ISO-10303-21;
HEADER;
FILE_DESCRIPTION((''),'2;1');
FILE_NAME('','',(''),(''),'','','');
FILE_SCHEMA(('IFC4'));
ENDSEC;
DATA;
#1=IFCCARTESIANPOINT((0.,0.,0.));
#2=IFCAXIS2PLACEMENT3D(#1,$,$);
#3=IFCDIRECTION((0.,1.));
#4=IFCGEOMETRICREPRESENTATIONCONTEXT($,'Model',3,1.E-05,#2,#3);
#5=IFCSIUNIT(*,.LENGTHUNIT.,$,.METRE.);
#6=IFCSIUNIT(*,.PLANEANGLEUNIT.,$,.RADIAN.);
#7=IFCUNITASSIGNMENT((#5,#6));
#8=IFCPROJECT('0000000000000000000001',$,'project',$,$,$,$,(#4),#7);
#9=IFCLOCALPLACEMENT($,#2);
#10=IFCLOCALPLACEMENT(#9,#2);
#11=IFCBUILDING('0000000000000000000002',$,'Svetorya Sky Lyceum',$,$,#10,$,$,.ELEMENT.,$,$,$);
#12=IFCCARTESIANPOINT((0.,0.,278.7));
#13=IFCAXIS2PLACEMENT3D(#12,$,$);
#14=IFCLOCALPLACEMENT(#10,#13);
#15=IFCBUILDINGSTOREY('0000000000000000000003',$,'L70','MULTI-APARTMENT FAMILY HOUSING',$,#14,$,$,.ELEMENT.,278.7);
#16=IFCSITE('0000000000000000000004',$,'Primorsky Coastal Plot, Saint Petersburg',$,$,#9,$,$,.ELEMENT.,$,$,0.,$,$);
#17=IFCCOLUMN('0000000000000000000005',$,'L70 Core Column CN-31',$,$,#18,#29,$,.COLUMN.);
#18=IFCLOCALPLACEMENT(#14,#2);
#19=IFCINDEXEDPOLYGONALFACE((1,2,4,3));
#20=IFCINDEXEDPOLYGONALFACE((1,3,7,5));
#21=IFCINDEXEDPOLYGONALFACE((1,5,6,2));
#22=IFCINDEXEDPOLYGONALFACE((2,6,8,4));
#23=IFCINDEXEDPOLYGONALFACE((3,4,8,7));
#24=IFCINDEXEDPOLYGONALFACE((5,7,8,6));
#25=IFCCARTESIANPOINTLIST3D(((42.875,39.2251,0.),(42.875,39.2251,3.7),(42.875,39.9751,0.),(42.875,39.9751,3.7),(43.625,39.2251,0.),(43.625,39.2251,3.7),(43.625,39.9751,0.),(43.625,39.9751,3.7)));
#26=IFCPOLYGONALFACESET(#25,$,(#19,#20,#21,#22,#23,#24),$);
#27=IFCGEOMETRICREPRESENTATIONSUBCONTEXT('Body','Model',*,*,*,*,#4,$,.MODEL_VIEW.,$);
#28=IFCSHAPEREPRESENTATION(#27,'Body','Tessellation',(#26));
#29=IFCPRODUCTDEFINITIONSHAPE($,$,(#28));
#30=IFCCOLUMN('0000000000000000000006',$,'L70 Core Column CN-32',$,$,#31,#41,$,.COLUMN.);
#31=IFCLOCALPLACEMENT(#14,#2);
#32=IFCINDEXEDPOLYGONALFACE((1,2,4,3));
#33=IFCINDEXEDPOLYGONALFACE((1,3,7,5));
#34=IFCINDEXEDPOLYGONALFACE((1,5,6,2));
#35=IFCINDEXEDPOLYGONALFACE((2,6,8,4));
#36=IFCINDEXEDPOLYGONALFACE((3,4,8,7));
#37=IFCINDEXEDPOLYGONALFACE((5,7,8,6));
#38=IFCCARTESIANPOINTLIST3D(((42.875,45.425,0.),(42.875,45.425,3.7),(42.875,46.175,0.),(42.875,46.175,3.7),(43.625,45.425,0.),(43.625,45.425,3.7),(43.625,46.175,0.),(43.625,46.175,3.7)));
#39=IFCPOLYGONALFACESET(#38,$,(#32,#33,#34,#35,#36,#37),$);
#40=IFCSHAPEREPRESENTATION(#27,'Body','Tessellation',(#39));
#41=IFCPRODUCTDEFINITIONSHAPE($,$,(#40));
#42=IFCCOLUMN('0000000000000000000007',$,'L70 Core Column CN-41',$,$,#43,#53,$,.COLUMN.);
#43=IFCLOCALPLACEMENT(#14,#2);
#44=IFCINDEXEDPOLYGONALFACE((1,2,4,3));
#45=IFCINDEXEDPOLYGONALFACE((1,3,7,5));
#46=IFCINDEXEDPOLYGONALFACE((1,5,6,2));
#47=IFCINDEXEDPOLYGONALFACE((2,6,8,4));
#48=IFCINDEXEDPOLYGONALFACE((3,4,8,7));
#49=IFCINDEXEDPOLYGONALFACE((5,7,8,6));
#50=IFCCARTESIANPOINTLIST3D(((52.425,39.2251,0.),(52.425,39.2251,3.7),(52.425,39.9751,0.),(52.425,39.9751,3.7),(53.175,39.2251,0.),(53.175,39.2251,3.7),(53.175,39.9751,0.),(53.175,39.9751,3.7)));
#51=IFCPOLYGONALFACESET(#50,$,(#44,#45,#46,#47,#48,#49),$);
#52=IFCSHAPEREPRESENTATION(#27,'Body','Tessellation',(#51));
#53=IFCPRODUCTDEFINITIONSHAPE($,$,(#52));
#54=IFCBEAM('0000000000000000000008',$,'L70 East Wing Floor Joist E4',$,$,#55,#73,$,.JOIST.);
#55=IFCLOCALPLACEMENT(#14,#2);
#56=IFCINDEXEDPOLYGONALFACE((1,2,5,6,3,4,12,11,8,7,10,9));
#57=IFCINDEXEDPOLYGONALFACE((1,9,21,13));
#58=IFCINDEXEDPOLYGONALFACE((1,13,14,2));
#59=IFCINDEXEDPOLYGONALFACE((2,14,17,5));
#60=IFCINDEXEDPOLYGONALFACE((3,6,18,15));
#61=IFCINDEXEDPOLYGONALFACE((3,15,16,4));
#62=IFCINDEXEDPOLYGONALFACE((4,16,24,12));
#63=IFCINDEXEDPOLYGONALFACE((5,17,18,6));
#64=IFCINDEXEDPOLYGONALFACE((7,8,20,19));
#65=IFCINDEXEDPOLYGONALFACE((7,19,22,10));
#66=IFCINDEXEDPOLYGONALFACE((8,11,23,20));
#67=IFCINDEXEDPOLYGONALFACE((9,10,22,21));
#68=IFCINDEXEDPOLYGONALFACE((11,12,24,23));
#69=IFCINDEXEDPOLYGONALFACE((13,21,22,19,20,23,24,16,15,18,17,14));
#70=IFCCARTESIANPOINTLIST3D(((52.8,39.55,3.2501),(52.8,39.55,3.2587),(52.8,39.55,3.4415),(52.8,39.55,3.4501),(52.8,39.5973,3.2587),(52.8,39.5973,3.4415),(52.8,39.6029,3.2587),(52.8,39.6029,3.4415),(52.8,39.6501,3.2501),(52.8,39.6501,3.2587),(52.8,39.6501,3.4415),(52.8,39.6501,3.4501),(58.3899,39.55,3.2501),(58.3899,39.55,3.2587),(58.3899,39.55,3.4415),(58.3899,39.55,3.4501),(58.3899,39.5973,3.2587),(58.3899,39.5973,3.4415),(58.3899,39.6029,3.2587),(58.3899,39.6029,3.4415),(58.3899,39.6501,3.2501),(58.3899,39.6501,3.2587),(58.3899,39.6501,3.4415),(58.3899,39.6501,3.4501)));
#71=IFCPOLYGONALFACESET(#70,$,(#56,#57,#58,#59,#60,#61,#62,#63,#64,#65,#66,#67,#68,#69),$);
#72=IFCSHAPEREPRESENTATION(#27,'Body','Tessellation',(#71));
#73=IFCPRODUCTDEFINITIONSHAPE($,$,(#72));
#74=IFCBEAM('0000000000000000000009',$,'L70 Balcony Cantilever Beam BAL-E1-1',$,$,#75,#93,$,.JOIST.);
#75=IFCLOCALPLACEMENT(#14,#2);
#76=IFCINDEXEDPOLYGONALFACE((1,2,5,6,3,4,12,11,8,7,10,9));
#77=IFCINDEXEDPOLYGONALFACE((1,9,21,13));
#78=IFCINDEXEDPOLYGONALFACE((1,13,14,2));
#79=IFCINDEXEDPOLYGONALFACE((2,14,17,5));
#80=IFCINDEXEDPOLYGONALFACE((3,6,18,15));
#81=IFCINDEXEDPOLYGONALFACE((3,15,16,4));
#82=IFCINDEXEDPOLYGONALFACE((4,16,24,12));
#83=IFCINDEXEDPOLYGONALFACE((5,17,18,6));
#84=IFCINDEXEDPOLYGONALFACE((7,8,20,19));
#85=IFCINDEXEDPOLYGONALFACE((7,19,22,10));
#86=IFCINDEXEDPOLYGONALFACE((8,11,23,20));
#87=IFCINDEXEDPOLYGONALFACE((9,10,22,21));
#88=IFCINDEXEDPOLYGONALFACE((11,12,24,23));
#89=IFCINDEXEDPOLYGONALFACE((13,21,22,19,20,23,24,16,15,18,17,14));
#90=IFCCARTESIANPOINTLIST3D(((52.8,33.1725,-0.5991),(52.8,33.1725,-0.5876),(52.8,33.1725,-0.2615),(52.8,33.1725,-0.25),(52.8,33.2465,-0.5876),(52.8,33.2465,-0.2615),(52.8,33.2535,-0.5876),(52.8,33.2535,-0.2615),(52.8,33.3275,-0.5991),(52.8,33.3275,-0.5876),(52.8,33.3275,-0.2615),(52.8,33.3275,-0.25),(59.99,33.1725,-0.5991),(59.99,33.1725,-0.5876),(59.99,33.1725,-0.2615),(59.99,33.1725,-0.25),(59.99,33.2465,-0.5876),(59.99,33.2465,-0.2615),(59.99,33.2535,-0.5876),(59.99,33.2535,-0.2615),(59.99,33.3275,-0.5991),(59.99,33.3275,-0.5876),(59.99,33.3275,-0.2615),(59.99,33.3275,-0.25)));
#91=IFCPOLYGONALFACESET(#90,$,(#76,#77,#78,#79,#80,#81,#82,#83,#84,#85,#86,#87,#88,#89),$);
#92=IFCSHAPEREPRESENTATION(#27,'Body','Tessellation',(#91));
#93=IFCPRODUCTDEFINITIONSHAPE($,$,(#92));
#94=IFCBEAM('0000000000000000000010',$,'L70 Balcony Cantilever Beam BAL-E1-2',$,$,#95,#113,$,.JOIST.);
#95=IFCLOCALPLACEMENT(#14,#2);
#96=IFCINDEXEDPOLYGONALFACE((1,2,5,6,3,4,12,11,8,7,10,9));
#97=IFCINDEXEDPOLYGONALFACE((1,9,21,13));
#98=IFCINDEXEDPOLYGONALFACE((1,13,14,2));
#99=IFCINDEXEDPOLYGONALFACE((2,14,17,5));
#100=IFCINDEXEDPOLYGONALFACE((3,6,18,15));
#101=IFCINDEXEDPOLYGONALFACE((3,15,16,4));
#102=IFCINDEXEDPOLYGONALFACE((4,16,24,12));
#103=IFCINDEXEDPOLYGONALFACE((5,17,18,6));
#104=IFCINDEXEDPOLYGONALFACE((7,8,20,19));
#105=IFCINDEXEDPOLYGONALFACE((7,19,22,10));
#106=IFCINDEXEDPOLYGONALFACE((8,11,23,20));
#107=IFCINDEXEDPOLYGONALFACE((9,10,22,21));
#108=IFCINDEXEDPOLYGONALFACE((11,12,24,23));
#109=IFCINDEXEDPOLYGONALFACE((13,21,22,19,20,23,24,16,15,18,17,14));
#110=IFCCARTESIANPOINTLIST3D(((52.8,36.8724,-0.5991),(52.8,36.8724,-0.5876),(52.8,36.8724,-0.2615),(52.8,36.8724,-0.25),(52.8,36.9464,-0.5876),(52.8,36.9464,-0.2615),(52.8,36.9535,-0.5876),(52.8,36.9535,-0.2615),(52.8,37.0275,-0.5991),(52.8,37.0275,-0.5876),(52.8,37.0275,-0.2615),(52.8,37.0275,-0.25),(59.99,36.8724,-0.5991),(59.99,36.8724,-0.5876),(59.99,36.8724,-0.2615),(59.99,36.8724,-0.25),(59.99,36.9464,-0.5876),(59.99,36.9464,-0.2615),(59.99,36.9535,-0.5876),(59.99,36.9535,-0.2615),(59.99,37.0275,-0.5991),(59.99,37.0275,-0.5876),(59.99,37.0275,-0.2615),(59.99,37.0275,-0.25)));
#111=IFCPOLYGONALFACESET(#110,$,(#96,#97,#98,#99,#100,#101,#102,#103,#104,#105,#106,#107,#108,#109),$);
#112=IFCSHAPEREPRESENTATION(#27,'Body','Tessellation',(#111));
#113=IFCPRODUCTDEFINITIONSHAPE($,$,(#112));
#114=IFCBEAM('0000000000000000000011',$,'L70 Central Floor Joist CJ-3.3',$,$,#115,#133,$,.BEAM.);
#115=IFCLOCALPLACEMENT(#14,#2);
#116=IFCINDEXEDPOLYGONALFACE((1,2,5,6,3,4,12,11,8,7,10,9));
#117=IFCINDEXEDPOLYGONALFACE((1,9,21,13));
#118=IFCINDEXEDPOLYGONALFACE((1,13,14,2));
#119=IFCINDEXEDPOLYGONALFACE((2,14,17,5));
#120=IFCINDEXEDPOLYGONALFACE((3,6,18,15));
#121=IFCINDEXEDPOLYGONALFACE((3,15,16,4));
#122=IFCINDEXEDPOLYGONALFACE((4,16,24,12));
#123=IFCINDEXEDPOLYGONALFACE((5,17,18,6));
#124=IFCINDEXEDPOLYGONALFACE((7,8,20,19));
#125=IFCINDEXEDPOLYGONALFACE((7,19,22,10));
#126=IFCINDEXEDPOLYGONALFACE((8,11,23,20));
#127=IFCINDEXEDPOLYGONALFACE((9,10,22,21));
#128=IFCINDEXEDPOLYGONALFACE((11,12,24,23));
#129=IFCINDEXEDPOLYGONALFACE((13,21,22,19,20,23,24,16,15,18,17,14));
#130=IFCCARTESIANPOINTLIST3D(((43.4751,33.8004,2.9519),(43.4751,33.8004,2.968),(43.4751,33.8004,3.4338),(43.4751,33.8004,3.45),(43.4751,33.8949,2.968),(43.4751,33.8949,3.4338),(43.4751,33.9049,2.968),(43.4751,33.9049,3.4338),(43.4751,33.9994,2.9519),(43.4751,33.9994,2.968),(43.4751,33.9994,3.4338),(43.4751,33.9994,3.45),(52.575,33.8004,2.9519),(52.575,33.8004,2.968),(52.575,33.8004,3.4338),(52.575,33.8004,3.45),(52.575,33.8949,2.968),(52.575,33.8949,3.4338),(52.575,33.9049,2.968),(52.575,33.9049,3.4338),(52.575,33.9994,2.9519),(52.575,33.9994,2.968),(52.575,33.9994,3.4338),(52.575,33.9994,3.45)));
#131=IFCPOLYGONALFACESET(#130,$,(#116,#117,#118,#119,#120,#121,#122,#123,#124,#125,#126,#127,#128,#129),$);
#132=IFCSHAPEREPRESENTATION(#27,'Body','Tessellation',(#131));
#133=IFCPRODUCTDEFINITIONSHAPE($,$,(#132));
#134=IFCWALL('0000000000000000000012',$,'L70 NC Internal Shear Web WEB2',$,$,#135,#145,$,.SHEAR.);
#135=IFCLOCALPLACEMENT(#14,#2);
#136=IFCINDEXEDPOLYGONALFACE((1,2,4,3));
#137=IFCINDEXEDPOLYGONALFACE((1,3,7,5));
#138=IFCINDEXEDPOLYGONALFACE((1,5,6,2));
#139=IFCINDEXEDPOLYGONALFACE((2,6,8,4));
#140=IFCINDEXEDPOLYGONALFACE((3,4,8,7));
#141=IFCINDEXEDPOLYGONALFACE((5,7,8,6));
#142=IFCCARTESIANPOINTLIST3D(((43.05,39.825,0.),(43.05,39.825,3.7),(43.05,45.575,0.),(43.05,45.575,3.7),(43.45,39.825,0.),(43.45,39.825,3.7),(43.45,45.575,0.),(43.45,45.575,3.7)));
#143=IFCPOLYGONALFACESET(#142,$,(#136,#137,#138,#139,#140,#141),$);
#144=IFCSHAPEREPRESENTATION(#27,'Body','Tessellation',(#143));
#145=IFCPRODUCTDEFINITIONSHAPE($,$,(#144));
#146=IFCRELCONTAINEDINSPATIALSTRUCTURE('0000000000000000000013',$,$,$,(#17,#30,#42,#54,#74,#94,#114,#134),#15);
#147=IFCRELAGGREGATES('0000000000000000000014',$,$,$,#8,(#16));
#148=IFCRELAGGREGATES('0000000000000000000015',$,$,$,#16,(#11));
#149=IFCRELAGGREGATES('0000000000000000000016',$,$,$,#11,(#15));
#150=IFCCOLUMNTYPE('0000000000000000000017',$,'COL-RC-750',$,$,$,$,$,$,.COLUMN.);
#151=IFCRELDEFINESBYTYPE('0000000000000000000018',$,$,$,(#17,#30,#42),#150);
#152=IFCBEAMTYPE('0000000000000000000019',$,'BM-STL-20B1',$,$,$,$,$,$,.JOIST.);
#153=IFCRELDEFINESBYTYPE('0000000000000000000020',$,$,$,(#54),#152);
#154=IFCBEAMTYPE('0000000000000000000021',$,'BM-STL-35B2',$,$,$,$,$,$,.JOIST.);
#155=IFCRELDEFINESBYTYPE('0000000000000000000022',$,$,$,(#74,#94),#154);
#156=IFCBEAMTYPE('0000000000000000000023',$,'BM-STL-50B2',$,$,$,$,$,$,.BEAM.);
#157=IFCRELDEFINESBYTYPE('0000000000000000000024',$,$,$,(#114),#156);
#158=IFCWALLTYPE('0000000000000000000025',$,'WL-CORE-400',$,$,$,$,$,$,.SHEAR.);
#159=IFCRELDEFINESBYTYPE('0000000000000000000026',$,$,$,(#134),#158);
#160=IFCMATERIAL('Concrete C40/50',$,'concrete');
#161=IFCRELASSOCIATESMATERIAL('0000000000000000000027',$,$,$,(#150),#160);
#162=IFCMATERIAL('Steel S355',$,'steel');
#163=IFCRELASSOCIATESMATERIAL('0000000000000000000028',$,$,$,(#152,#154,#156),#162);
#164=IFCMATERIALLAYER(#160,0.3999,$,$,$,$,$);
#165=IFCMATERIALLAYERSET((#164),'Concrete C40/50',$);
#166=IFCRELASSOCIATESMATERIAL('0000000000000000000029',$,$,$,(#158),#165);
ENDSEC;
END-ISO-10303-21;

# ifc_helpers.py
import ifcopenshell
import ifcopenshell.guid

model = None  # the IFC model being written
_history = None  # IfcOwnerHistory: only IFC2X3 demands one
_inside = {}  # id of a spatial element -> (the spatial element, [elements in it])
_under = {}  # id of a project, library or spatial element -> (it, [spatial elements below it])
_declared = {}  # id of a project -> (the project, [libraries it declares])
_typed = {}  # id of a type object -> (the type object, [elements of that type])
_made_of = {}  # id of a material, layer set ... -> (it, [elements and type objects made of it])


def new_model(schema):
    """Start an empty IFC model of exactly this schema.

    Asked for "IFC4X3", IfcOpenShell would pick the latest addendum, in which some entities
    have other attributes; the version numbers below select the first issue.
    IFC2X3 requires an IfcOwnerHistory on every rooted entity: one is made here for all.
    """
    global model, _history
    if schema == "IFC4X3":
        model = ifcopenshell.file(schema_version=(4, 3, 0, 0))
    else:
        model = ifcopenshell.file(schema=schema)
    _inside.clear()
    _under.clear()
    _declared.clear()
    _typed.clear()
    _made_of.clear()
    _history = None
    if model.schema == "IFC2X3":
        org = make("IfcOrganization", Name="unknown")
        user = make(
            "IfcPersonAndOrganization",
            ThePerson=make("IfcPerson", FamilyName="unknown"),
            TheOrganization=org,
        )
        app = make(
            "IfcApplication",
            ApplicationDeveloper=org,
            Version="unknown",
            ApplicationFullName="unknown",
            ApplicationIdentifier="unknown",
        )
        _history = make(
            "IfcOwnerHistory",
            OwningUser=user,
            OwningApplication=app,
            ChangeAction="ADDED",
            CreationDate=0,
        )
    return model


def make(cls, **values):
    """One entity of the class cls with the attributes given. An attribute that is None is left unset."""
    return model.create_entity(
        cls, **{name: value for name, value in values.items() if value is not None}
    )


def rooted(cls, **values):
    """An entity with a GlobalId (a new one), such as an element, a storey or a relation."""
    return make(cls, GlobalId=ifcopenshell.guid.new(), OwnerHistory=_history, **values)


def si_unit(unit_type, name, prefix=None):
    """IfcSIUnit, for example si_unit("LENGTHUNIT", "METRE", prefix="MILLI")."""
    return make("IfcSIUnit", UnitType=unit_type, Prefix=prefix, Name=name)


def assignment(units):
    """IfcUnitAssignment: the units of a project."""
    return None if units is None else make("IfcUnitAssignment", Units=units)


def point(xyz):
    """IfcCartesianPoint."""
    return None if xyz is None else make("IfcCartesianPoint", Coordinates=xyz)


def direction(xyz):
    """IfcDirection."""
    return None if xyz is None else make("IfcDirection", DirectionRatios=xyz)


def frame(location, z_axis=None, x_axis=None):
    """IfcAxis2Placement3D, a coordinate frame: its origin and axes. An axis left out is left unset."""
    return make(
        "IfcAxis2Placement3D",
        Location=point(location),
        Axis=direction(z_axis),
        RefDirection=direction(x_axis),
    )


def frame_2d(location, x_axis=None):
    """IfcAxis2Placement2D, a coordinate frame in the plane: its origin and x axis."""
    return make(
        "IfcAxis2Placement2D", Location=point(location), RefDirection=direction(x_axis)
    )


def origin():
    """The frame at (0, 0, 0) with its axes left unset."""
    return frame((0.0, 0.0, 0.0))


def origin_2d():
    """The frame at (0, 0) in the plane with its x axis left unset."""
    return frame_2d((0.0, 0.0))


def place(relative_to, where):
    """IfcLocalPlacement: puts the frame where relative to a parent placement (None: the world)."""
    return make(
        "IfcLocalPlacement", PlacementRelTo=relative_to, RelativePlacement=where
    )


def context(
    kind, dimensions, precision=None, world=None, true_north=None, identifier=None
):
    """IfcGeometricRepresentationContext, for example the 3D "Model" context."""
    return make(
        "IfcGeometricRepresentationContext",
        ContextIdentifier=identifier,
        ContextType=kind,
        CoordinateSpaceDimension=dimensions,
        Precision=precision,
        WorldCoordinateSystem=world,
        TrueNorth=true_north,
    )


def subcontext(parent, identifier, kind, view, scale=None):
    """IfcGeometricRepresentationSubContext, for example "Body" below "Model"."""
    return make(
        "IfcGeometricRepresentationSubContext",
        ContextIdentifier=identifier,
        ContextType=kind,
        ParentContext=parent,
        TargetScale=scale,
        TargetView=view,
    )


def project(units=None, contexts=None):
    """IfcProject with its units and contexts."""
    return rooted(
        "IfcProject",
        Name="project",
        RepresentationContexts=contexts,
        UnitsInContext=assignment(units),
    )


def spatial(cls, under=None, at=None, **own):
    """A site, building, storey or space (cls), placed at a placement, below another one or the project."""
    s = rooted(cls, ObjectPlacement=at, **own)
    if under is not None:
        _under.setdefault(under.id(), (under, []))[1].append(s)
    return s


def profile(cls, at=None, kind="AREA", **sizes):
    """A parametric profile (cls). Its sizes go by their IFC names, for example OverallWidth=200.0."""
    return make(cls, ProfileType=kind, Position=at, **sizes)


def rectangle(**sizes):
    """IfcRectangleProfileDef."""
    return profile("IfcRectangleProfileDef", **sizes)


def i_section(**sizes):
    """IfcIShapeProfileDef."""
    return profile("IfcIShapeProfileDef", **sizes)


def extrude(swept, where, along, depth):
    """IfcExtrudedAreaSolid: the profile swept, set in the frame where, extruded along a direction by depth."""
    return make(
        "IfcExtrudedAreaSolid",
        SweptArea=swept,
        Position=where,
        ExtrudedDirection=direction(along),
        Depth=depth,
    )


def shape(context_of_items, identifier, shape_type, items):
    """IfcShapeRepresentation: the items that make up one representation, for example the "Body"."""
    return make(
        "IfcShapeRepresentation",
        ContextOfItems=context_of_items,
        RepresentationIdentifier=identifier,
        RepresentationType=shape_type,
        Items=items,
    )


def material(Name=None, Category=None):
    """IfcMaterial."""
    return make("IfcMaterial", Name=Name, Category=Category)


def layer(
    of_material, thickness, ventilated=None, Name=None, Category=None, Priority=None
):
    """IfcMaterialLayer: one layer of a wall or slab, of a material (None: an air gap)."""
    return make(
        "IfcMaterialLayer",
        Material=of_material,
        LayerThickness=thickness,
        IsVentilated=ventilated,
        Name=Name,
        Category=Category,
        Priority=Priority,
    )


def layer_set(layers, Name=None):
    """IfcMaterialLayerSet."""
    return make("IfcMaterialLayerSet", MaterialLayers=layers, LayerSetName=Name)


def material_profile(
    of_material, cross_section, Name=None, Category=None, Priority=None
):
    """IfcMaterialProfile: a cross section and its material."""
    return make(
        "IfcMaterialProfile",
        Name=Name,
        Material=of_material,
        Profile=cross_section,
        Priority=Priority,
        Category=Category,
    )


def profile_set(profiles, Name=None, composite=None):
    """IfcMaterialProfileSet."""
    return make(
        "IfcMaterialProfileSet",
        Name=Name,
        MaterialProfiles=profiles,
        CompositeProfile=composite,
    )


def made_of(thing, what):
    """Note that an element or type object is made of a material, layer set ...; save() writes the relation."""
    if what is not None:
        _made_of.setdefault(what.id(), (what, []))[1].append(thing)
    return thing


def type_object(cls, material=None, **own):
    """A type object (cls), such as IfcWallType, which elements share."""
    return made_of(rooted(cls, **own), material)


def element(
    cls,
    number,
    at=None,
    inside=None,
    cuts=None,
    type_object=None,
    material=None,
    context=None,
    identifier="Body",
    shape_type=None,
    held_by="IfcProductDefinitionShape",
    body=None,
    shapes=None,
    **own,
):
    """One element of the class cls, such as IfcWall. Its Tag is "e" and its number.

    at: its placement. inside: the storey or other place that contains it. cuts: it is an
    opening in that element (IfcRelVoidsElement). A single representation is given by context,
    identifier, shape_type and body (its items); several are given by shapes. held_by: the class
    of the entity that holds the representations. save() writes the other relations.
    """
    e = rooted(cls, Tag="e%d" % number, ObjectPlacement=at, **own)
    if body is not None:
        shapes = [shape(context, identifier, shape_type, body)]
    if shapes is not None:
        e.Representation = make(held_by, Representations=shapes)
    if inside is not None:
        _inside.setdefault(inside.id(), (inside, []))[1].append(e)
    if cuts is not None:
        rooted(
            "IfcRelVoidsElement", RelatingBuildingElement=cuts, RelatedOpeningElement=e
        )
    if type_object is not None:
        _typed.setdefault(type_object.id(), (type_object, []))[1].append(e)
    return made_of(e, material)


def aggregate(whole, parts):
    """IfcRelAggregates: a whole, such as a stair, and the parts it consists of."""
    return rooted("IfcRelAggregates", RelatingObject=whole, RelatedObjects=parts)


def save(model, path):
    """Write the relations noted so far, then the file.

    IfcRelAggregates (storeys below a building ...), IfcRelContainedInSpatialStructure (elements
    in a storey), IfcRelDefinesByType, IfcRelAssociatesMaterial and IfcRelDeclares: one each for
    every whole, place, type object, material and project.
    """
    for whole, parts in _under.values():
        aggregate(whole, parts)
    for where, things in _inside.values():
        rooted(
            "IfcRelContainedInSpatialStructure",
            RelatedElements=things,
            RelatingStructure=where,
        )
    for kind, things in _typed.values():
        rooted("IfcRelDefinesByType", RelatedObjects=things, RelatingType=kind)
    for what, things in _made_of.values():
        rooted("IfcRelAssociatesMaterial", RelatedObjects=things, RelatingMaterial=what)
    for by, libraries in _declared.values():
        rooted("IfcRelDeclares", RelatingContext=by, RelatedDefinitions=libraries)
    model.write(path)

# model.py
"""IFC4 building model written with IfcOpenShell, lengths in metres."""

from ifc_helpers import new_model, si_unit, direction, frame, frame_2d, origin, origin_2d, place, context, subcontext, project, spatial, rectangle, i_section, extrude, material, layer, layer_set, material_profile, profile_set, type_object, element, save


model = new_model("IFC4")

# Units and contexts
model_context = context("Model", 3, precision=1e-05, world=origin(), true_north=direction((0.0, 1.0)))
body_context = subcontext(model_context, "Body", "Model", "MODEL_VIEW")
ifc_project = project(units=[si_unit("LENGTHUNIT", "METRE"), si_unit("PLANEANGLEUNIT", "RADIAN")], contexts=[model_context])

# Site, building, storey
site_placement = place(None, origin())
site = spatial("IfcSite", under=ifc_project, at=site_placement, Name="Primorsky Coastal Plot, Saint Petersburg", CompositionType="ELEMENT", RefElevation=0.0)
building_placement = place(site_placement, origin())
building = spatial("IfcBuilding", under=site, at=building_placement, Name="Svetorya Sky Lyceum", CompositionType="ELEMENT")
storey_placement = place(building_placement, frame((0.0, 0.0, 278.7)))
storey = spatial("IfcBuildingStorey", under=building, at=storey_placement, Name="L70", Description="MULTI-APARTMENT FAMILY HOUSING", CompositionType="ELEMENT", Elevation=278.7)

# Columns
ifc_material_1 = material(Name="Concrete C40/50", Category="concrete")
ifc_material_profile_1 = material_profile(ifc_material_1, rectangle(XDim=0.75, YDim=0.75, at=origin_2d()), Name="RC COL 750x750")
ifc_profile_set_1 = profile_set([ifc_material_profile_1], Name="Concrete C40/50")
column_type = type_object("IfcColumnType", Name="COL-RC-750", PredefinedType="COLUMN", material=ifc_profile_set_1)
for number, where, z_axis, x_axis, name in (
    (1, (43.25, 39.6001, 0.0), (0.0, 0.0, 1.0), (1.0, 0.0, 0.0), "L70 Core Column CN-31"),
    (2, (43.25, 45.8, 0.0), (0.0, 0.0, 1.0), (1.0, 0.0, 0.0), "L70 Core Column CN-32"),
    (3, (52.8, 39.6001, 0.0), (0.0, 0.0, 1.0), (1.0, 0.0, 0.0), "L70 Core Column CN-41"),
):
    element("IfcColumn", number, at=place(storey_placement, frame(where, z_axis=z_axis, x_axis=x_axis)), inside=storey, type_object=column_type, Name=name, PredefinedType="COLUMN", context=body_context, shape_type="SweptSolid", body=[
        extrude(rectangle(XDim=0.75, YDim=0.75, at=origin_2d()), origin(), (0.0, 0.0, 1.0), 3.7),
    ])

# Beams
ifc_material_2 = material(Name="Steel S355", Category="steel")
ifc_material_profile_2 = material_profile(ifc_material_2, i_section(OverallWidth=0.1001, OverallDepth=0.2, WebThickness=0.0056, FlangeThickness=0.0085, at=origin_2d()), Name="GOST 20B1")
ifc_profile_set_2 = profile_set([ifc_material_profile_2], Name="Steel S355")
beam_type_1 = type_object("IfcBeamType", Name="BM-STL-20B1", PredefinedType="JOIST", material=ifc_profile_set_2)
beam_1_placement = place(storey_placement, frame((52.8, 39.6001, 3.3501), z_axis=(1.0, 0.0, 0.0), x_axis=(0.0, 1.0, 0.0)))
element("IfcBeam", 4, at=beam_1_placement, inside=storey, type_object=beam_type_1, Name="L70 East Wing Floor Joist E4", PredefinedType="JOIST", context=body_context, shape_type="SweptSolid", body=[
    extrude(i_section(OverallWidth=0.1001, OverallDepth=0.2, WebThickness=0.0056, FlangeThickness=0.0085, at=origin_2d()), origin(), (0.0, 0.0, 1.0), 5.5898),
])
ifc_material_profile_3 = material_profile(ifc_material_2, i_section(OverallWidth=0.155, OverallDepth=0.3491, WebThickness=0.0071, FlangeThickness=0.0115, at=origin_2d()), Name="GOST 35B2")
ifc_profile_set_3 = profile_set([ifc_material_profile_3], Name="Steel S355")
beam_type_2 = type_object("IfcBeamType", Name="BM-STL-35B2", PredefinedType="JOIST", material=ifc_profile_set_3)
for number, where, z_axis, x_axis, name in (
    (5, (52.8, 33.25, -0.4246), (1.0, 0.0, 0.0), (0.0, 1.0, 0.0), "L70 Balcony Cantilever Beam BAL-E1-1"),
    (6, (52.8, 36.95, -0.4246), (1.0, 0.0, 0.0), (0.0, 1.0, 0.0), "L70 Balcony Cantilever Beam BAL-E1-2"),
):
    element("IfcBeam", number, at=place(storey_placement, frame(where, z_axis=z_axis, x_axis=x_axis)), inside=storey, type_object=beam_type_2, Name=name, PredefinedType="JOIST", context=body_context, shape_type="SweptSolid", body=[
        extrude(i_section(OverallWidth=0.155, OverallDepth=0.3491, WebThickness=0.0071, FlangeThickness=0.0115, at=origin_2d()), origin(), (0.0, 0.0, 1.0), 7.1899),
    ])
ifc_material_profile_4 = material_profile(ifc_material_2, i_section(OverallWidth=0.199, OverallDepth=0.498, WebThickness=0.01, FlangeThickness=0.0161, at=origin_2d()), Name="GOST 50B2")
ifc_profile_set_4 = profile_set([ifc_material_profile_4], Name="Steel S355")
beam_type_3 = type_object("IfcBeamType", Name="BM-STL-50B2", PredefinedType="BEAM", material=ifc_profile_set_4)
beam_2_placement = place(storey_placement, frame((43.4751, 33.8999, 3.2009), z_axis=(1.0, 0.0, 0.0), x_axis=(0.0, 1.0, 0.0)))
element("IfcBeam", 7, at=beam_2_placement, inside=storey, type_object=beam_type_3, Name="L70 Central Floor Joist CJ-3.3", PredefinedType="BEAM", context=body_context, shape_type="SweptSolid", body=[
    extrude(i_section(OverallWidth=0.199, OverallDepth=0.498, WebThickness=0.01, FlangeThickness=0.0161, at=origin_2d()), origin(), (0.0, 0.0, 1.0), 9.0999),
])

# Wall
ifc_layer_1 = layer(ifc_material_1, 0.3999)
ifc_layer_set_1 = layer_set([ifc_layer_1], Name="Concrete C40/50")
wall_type_1 = type_object("IfcWallType", Name="WL-CORE-400", PredefinedType="SHEAR", material=ifc_layer_set_1)
wall_1_placement = place(storey_placement, frame((43.25, 39.825, 0.0), z_axis=(0.0, 0.0, 1.0), x_axis=(0.0, 1.0, 0.0)))
element("IfcWall", 8, at=wall_1_placement, inside=storey, type_object=wall_type_1, Name="L70 NC Internal Shear Web WEB2", PredefinedType="SHEAR", context=body_context, shape_type="SweptSolid", body=[
    extrude(rectangle(XDim=5.75, YDim=0.3999, at=frame_2d((2.875, 0.0))), origin(), (0.0, 0.0, 1.0), 3.7),
])

save(model, "model.ifc")
